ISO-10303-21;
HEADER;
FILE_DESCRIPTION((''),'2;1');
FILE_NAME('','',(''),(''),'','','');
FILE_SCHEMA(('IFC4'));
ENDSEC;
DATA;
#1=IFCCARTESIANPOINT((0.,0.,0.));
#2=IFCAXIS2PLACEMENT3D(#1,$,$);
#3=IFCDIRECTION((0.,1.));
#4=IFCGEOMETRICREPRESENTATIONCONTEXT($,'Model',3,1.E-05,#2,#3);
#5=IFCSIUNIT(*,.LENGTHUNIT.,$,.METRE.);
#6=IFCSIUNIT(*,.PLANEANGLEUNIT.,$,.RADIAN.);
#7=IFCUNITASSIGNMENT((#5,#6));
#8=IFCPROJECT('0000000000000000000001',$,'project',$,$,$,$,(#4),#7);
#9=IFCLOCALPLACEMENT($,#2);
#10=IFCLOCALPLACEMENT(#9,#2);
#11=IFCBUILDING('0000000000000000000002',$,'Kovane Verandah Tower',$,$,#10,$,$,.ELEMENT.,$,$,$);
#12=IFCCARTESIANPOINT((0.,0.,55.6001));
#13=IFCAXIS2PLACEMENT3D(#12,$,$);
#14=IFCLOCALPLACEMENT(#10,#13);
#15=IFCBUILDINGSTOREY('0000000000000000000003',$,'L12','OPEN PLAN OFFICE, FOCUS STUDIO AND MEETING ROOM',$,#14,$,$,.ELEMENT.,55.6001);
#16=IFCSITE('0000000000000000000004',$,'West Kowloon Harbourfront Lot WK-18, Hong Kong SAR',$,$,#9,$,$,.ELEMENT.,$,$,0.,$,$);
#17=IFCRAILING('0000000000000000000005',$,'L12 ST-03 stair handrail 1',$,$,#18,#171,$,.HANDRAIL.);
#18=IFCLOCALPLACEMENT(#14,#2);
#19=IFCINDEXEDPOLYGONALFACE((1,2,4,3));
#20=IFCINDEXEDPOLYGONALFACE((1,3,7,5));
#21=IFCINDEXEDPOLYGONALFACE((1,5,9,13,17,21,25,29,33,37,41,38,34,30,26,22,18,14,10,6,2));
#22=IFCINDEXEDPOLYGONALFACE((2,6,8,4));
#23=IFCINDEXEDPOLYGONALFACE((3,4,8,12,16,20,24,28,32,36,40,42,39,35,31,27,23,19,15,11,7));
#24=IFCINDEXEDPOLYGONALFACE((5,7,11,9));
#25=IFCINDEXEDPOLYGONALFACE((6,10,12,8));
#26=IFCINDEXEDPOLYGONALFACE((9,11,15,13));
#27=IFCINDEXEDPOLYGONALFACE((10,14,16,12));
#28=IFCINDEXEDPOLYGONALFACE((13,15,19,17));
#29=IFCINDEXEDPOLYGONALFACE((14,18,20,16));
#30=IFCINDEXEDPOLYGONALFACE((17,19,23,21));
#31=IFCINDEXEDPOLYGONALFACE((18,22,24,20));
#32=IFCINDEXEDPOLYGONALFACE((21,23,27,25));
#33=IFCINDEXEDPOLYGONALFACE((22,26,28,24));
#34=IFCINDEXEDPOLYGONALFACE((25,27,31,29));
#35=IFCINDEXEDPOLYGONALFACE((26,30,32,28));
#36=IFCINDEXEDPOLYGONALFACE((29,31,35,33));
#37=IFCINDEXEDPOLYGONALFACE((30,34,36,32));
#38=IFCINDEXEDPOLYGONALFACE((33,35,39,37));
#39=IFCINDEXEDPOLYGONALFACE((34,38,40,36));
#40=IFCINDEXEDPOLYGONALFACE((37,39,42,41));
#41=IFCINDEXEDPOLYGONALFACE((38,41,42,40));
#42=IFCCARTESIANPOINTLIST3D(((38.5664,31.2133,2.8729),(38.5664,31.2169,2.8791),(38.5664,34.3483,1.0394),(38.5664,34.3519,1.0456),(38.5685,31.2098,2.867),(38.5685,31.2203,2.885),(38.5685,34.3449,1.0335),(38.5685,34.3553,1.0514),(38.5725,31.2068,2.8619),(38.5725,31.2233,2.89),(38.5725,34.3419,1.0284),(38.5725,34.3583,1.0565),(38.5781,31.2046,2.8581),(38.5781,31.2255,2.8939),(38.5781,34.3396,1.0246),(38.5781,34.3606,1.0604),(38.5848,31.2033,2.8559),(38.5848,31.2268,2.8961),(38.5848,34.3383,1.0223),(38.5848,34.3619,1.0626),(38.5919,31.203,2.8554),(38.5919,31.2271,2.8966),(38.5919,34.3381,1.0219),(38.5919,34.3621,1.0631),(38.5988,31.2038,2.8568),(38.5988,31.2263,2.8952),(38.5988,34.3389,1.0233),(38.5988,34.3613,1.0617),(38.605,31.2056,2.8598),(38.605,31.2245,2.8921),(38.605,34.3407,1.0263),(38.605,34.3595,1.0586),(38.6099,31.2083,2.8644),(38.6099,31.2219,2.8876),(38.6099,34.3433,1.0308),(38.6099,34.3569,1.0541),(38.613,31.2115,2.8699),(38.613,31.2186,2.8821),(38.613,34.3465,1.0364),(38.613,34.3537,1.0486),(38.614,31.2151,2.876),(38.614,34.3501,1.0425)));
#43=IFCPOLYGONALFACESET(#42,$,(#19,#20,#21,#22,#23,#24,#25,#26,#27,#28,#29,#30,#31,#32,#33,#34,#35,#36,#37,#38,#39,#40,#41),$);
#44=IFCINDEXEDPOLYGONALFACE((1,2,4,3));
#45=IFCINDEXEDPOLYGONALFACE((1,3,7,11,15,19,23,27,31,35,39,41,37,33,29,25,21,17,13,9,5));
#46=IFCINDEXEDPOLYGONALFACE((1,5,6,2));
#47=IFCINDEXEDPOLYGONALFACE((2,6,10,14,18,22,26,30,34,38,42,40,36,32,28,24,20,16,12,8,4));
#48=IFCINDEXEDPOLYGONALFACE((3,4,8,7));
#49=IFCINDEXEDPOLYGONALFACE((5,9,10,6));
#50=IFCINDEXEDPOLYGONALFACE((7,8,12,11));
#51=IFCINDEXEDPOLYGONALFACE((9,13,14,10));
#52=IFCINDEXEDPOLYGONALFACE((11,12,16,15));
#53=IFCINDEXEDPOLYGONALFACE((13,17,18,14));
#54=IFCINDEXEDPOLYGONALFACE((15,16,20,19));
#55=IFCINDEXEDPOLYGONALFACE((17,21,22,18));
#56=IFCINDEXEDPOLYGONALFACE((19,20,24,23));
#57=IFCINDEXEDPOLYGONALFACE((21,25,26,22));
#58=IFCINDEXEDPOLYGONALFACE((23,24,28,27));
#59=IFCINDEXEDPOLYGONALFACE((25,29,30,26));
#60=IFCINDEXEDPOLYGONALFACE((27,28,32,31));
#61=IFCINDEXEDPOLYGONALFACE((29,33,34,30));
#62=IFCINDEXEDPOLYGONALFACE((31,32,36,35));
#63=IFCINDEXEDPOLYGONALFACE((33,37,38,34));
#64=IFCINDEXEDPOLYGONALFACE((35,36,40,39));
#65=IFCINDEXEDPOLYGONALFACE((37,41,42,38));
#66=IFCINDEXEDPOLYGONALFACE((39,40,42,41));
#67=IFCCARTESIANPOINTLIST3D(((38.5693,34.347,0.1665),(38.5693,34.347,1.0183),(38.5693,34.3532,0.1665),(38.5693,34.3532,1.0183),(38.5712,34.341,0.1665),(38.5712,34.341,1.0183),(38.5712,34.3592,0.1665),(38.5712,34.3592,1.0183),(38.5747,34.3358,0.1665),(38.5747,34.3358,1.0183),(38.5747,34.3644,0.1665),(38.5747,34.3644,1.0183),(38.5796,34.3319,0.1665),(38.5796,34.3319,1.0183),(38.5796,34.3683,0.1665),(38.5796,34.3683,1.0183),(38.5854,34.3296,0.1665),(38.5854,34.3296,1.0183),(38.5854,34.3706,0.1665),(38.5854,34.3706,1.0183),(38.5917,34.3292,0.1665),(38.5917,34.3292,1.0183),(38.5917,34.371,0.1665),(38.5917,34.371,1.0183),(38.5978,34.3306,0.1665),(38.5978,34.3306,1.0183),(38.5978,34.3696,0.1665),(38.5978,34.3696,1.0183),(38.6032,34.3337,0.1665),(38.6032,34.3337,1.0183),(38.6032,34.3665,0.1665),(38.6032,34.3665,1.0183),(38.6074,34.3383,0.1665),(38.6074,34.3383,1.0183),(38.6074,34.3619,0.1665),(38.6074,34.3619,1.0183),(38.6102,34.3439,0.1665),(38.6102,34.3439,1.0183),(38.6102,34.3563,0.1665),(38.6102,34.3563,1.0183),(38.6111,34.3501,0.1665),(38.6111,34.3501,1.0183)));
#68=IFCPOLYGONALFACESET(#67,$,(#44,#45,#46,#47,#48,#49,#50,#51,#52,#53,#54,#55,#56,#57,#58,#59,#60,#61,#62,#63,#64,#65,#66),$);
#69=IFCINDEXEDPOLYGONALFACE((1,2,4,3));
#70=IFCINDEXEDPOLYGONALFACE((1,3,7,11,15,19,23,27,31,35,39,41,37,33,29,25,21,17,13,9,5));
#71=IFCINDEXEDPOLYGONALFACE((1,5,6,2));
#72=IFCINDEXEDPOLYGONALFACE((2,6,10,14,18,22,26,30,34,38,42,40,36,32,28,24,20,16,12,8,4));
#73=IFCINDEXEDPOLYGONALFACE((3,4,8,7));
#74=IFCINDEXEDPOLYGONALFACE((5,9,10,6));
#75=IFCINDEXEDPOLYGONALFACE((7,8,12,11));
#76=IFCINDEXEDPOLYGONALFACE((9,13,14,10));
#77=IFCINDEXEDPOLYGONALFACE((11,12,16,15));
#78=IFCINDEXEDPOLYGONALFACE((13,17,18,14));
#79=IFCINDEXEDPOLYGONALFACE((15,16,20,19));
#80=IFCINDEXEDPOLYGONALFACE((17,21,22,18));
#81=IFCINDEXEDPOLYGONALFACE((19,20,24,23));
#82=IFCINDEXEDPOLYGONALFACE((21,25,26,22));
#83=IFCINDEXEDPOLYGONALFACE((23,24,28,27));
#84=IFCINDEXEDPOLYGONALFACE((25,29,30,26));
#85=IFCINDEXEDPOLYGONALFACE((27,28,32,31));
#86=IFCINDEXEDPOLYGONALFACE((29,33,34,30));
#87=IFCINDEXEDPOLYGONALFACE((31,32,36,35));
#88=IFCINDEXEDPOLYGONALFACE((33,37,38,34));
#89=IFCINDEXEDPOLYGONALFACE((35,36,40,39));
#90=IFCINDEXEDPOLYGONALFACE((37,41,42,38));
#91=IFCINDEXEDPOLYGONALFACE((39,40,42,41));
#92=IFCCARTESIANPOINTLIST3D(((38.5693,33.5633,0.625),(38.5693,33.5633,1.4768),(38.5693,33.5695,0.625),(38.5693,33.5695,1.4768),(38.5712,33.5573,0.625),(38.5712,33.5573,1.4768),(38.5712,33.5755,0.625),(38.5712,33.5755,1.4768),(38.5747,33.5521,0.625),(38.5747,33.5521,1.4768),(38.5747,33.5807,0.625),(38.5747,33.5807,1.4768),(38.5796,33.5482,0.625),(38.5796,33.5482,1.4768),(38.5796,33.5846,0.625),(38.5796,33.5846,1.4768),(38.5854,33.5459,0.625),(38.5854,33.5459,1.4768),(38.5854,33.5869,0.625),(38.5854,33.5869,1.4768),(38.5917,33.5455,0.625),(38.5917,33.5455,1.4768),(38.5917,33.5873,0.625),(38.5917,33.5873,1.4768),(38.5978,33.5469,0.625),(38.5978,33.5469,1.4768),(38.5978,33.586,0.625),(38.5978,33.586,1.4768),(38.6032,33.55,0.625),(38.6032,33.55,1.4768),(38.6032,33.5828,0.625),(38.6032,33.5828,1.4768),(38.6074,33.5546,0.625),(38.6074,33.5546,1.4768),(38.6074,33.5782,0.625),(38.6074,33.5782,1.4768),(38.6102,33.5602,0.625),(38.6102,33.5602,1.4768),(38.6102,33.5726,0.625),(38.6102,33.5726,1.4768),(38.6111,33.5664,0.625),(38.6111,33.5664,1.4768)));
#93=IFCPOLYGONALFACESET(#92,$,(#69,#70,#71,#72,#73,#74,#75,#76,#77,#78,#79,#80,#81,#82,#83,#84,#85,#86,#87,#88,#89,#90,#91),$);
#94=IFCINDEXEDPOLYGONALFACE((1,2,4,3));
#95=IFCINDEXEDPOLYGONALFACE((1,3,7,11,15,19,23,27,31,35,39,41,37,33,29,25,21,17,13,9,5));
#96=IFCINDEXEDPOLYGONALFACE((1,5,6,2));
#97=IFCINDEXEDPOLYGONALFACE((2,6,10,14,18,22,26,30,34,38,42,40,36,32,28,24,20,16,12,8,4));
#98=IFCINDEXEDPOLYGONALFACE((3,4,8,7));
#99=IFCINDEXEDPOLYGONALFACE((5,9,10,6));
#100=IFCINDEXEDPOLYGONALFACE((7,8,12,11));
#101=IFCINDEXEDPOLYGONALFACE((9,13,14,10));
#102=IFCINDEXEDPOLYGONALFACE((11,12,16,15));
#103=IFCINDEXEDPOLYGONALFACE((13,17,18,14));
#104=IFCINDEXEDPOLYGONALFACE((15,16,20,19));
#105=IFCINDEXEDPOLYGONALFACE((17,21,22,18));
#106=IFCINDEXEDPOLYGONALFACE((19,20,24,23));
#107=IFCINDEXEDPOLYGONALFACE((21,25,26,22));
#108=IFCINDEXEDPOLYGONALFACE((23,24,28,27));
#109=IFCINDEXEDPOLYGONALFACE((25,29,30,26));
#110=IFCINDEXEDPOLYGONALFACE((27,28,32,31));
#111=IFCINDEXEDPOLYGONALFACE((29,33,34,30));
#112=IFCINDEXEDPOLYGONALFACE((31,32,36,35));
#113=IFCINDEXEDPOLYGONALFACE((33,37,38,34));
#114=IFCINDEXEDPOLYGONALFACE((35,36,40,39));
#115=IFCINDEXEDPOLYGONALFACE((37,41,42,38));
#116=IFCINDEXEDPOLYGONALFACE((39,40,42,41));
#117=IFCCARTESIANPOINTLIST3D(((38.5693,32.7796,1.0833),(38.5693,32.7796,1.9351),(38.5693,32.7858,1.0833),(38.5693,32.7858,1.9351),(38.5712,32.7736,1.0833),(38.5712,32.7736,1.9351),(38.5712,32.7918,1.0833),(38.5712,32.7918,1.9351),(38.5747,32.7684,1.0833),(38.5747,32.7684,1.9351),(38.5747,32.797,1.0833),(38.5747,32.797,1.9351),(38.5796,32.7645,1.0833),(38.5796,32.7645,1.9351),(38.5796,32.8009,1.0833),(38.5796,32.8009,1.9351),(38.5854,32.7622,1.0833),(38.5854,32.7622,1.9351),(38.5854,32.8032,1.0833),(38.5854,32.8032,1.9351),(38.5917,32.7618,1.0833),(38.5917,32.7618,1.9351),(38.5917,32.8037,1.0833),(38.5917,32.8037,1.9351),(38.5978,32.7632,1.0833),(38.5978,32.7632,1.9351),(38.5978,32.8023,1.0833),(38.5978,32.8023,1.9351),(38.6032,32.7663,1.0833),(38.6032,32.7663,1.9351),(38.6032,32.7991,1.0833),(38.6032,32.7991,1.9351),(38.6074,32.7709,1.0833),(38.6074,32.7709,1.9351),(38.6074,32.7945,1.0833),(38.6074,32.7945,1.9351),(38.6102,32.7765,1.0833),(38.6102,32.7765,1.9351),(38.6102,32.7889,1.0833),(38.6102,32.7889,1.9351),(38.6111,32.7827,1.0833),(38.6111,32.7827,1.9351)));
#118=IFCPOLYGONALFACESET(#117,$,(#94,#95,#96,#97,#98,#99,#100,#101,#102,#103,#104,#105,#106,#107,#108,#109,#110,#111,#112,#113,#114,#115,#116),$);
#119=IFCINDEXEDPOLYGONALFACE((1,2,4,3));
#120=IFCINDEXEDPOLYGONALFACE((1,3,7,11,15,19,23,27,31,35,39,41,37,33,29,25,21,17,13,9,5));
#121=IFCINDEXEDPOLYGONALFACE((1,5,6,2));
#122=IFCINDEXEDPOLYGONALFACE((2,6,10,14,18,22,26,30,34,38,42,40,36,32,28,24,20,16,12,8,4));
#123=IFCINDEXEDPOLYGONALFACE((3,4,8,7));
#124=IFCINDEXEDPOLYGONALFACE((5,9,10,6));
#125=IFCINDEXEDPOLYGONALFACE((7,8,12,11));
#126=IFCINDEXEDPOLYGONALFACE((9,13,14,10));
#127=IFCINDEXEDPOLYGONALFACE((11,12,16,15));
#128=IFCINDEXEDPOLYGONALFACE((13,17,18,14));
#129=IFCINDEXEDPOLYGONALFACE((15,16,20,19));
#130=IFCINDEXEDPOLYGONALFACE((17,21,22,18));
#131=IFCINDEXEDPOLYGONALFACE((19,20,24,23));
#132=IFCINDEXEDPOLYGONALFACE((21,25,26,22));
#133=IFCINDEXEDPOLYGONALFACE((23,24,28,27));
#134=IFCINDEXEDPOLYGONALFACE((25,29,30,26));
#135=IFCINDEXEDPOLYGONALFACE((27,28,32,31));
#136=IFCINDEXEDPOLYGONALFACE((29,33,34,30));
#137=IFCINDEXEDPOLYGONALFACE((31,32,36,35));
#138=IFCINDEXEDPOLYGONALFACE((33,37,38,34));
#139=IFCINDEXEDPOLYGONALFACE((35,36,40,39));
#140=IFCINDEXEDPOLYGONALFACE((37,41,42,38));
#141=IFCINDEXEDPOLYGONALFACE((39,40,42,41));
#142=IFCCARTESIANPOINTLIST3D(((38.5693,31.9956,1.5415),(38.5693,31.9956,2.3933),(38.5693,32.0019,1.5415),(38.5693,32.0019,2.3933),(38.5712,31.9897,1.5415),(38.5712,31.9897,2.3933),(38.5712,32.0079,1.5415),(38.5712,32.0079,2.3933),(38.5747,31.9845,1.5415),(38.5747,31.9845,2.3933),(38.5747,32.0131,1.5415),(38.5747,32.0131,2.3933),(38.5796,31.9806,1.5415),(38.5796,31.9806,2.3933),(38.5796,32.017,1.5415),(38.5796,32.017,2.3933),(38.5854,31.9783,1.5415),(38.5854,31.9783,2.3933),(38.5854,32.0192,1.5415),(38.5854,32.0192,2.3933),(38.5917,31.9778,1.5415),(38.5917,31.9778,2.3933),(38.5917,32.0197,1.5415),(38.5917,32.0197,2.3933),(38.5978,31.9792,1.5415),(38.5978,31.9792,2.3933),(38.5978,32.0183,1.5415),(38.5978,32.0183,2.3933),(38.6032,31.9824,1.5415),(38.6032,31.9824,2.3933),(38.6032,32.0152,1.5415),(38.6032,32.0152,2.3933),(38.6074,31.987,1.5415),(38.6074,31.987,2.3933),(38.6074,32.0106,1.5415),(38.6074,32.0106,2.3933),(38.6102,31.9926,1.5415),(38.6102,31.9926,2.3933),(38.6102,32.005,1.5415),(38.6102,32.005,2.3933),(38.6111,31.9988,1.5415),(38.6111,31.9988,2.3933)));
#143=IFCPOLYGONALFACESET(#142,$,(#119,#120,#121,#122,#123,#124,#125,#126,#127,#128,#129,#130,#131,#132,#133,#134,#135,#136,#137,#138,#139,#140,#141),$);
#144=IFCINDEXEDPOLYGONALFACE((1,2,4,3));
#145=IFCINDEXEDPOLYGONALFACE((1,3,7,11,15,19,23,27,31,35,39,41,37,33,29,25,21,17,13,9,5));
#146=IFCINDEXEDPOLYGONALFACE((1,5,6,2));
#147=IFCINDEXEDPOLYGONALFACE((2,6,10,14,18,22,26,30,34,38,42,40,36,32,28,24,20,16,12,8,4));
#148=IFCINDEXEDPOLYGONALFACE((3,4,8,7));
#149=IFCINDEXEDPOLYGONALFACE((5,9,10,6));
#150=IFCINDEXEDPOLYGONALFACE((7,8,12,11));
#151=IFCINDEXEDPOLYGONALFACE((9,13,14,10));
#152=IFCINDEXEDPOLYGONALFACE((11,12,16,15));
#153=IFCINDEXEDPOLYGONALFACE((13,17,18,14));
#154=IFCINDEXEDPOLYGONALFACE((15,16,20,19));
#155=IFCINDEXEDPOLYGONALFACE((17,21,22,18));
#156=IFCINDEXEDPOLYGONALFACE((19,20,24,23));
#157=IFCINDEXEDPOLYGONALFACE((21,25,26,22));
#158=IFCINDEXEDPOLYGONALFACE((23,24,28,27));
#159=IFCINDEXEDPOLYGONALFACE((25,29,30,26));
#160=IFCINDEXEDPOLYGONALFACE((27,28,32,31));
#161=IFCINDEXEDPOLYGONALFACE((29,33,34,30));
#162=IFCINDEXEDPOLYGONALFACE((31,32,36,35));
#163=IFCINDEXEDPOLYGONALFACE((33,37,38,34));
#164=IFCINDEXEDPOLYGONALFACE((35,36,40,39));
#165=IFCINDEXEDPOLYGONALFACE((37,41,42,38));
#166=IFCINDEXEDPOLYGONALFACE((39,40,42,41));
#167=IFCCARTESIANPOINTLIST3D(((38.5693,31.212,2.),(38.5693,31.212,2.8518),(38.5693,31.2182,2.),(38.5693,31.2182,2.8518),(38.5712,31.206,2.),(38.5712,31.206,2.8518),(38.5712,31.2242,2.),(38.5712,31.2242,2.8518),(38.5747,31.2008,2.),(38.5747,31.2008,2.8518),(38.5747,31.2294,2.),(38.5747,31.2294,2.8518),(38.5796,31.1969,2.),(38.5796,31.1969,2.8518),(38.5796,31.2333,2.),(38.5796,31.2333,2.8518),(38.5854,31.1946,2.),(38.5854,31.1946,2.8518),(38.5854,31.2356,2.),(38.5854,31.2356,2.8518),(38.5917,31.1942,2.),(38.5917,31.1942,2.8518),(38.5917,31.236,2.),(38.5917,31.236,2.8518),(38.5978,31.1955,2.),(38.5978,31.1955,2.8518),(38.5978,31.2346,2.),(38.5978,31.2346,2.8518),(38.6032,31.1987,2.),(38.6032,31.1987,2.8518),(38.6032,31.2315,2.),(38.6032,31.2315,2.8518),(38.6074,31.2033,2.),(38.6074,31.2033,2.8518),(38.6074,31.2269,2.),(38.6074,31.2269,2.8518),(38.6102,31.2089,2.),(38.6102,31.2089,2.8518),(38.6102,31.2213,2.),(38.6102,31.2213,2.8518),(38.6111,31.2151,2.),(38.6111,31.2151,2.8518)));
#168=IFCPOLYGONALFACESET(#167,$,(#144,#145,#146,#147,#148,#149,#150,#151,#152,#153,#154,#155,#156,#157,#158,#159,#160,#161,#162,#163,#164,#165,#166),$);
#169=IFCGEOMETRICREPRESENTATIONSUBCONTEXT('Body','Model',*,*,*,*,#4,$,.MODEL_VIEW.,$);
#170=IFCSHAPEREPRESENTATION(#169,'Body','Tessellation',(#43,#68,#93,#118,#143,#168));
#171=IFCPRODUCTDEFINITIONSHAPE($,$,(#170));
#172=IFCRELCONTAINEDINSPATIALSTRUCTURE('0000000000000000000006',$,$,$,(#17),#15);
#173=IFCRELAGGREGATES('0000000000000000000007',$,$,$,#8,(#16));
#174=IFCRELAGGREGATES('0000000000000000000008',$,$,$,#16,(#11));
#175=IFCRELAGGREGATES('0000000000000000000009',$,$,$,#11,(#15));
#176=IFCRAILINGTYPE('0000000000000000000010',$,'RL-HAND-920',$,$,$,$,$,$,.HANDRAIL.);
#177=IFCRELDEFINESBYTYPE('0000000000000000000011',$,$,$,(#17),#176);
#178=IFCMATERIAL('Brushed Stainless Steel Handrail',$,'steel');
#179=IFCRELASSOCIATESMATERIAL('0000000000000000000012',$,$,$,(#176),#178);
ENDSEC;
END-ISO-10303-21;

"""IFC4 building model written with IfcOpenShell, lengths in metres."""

from ifc_helpers import new_model, si_unit, direction, frame, origin, origin_2d, place, context, subcontext, project, spatial, circle, extrude, material, type_object, element, save


model = new_model("IFC4")

# Units and contexts
model_context = context("Model", 3, precision=1e-05, world=origin(), true_north=direction((0.0, 1.0)))
body_context = subcontext(model_context, "Body", "Model", "MODEL_VIEW")
ifc_project = project(units=[si_unit("LENGTHUNIT", "METRE"), si_unit("PLANEANGLEUNIT", "RADIAN")], contexts=[model_context])

# Site, building, storey
site_placement = place(None, origin())
site = spatial("IfcSite", under=ifc_project, at=site_placement, Name="West Kowloon Harbourfront Lot WK-18, Hong Kong SAR", CompositionType="ELEMENT", RefElevation=0.0)
building_placement = place(site_placement, origin())
building = spatial("IfcBuilding", under=site, at=building_placement, Name="Kovane Verandah Tower", CompositionType="ELEMENT")
storey_placement = place(building_placement, frame((0.0, 0.0, 55.6001)))
storey = spatial("IfcBuildingStorey", under=building, at=storey_placement, Name="L12", Description="OPEN PLAN OFFICE, FOCUS STUDIO AND MEETING ROOM", CompositionType="ELEMENT", Elevation=55.6001)

# Railing
ifc_material_1 = material(Name="Brushed Stainless Steel Handrail", Category="steel")
railing_type_1 = type_object("IfcRailingType", Name="RL-HAND-920", PredefinedType="HANDRAIL", material=ifc_material_1)
railing_1_placement = place(storey_placement, frame((38.5901, 34.3501, 0.1665)))
element("IfcRailing", 1, at=railing_1_placement, inside=storey, type_object=railing_type_1, Name="L12 ST-03 stair handrail 1", PredefinedType="HANDRAIL", context=body_context, shape_type="SweptSolid", body=[
    extrude(circle(Radius=0.0239, at=origin_2d()), frame((0.0, 0.0, 0.876), z_axis=(0.0, -0.86321, 0.504845), x_axis=(1.0, 0.0, 0.0)), (0.0, 0.0, 1.0), 3.6318),
    extrude(circle(Radius=0.021, at=origin_2d()), origin(), (0.0, 0.0, 1.0), 0.8518),
    extrude(circle(Radius=0.021, at=origin_2d()), frame((0.0, -0.7837, 0.4585)), (0.0, 0.0, 1.0), 0.8518),
    extrude(circle(Radius=0.021, at=origin_2d()), frame((0.0, -1.5674, 0.9167)), (0.0, 0.0, 1.0), 0.8518),
    extrude(circle(Radius=0.021, at=origin_2d()), frame((0.0, -2.3513, 1.375)), (0.0, 0.0, 1.0), 0.8518),
    extrude(circle(Radius=0.021, at=origin_2d()), frame((0.0, -3.135, 1.8335)), (0.0, 0.0, 1.0), 0.8518),
])

save(model, "model.ifc")
